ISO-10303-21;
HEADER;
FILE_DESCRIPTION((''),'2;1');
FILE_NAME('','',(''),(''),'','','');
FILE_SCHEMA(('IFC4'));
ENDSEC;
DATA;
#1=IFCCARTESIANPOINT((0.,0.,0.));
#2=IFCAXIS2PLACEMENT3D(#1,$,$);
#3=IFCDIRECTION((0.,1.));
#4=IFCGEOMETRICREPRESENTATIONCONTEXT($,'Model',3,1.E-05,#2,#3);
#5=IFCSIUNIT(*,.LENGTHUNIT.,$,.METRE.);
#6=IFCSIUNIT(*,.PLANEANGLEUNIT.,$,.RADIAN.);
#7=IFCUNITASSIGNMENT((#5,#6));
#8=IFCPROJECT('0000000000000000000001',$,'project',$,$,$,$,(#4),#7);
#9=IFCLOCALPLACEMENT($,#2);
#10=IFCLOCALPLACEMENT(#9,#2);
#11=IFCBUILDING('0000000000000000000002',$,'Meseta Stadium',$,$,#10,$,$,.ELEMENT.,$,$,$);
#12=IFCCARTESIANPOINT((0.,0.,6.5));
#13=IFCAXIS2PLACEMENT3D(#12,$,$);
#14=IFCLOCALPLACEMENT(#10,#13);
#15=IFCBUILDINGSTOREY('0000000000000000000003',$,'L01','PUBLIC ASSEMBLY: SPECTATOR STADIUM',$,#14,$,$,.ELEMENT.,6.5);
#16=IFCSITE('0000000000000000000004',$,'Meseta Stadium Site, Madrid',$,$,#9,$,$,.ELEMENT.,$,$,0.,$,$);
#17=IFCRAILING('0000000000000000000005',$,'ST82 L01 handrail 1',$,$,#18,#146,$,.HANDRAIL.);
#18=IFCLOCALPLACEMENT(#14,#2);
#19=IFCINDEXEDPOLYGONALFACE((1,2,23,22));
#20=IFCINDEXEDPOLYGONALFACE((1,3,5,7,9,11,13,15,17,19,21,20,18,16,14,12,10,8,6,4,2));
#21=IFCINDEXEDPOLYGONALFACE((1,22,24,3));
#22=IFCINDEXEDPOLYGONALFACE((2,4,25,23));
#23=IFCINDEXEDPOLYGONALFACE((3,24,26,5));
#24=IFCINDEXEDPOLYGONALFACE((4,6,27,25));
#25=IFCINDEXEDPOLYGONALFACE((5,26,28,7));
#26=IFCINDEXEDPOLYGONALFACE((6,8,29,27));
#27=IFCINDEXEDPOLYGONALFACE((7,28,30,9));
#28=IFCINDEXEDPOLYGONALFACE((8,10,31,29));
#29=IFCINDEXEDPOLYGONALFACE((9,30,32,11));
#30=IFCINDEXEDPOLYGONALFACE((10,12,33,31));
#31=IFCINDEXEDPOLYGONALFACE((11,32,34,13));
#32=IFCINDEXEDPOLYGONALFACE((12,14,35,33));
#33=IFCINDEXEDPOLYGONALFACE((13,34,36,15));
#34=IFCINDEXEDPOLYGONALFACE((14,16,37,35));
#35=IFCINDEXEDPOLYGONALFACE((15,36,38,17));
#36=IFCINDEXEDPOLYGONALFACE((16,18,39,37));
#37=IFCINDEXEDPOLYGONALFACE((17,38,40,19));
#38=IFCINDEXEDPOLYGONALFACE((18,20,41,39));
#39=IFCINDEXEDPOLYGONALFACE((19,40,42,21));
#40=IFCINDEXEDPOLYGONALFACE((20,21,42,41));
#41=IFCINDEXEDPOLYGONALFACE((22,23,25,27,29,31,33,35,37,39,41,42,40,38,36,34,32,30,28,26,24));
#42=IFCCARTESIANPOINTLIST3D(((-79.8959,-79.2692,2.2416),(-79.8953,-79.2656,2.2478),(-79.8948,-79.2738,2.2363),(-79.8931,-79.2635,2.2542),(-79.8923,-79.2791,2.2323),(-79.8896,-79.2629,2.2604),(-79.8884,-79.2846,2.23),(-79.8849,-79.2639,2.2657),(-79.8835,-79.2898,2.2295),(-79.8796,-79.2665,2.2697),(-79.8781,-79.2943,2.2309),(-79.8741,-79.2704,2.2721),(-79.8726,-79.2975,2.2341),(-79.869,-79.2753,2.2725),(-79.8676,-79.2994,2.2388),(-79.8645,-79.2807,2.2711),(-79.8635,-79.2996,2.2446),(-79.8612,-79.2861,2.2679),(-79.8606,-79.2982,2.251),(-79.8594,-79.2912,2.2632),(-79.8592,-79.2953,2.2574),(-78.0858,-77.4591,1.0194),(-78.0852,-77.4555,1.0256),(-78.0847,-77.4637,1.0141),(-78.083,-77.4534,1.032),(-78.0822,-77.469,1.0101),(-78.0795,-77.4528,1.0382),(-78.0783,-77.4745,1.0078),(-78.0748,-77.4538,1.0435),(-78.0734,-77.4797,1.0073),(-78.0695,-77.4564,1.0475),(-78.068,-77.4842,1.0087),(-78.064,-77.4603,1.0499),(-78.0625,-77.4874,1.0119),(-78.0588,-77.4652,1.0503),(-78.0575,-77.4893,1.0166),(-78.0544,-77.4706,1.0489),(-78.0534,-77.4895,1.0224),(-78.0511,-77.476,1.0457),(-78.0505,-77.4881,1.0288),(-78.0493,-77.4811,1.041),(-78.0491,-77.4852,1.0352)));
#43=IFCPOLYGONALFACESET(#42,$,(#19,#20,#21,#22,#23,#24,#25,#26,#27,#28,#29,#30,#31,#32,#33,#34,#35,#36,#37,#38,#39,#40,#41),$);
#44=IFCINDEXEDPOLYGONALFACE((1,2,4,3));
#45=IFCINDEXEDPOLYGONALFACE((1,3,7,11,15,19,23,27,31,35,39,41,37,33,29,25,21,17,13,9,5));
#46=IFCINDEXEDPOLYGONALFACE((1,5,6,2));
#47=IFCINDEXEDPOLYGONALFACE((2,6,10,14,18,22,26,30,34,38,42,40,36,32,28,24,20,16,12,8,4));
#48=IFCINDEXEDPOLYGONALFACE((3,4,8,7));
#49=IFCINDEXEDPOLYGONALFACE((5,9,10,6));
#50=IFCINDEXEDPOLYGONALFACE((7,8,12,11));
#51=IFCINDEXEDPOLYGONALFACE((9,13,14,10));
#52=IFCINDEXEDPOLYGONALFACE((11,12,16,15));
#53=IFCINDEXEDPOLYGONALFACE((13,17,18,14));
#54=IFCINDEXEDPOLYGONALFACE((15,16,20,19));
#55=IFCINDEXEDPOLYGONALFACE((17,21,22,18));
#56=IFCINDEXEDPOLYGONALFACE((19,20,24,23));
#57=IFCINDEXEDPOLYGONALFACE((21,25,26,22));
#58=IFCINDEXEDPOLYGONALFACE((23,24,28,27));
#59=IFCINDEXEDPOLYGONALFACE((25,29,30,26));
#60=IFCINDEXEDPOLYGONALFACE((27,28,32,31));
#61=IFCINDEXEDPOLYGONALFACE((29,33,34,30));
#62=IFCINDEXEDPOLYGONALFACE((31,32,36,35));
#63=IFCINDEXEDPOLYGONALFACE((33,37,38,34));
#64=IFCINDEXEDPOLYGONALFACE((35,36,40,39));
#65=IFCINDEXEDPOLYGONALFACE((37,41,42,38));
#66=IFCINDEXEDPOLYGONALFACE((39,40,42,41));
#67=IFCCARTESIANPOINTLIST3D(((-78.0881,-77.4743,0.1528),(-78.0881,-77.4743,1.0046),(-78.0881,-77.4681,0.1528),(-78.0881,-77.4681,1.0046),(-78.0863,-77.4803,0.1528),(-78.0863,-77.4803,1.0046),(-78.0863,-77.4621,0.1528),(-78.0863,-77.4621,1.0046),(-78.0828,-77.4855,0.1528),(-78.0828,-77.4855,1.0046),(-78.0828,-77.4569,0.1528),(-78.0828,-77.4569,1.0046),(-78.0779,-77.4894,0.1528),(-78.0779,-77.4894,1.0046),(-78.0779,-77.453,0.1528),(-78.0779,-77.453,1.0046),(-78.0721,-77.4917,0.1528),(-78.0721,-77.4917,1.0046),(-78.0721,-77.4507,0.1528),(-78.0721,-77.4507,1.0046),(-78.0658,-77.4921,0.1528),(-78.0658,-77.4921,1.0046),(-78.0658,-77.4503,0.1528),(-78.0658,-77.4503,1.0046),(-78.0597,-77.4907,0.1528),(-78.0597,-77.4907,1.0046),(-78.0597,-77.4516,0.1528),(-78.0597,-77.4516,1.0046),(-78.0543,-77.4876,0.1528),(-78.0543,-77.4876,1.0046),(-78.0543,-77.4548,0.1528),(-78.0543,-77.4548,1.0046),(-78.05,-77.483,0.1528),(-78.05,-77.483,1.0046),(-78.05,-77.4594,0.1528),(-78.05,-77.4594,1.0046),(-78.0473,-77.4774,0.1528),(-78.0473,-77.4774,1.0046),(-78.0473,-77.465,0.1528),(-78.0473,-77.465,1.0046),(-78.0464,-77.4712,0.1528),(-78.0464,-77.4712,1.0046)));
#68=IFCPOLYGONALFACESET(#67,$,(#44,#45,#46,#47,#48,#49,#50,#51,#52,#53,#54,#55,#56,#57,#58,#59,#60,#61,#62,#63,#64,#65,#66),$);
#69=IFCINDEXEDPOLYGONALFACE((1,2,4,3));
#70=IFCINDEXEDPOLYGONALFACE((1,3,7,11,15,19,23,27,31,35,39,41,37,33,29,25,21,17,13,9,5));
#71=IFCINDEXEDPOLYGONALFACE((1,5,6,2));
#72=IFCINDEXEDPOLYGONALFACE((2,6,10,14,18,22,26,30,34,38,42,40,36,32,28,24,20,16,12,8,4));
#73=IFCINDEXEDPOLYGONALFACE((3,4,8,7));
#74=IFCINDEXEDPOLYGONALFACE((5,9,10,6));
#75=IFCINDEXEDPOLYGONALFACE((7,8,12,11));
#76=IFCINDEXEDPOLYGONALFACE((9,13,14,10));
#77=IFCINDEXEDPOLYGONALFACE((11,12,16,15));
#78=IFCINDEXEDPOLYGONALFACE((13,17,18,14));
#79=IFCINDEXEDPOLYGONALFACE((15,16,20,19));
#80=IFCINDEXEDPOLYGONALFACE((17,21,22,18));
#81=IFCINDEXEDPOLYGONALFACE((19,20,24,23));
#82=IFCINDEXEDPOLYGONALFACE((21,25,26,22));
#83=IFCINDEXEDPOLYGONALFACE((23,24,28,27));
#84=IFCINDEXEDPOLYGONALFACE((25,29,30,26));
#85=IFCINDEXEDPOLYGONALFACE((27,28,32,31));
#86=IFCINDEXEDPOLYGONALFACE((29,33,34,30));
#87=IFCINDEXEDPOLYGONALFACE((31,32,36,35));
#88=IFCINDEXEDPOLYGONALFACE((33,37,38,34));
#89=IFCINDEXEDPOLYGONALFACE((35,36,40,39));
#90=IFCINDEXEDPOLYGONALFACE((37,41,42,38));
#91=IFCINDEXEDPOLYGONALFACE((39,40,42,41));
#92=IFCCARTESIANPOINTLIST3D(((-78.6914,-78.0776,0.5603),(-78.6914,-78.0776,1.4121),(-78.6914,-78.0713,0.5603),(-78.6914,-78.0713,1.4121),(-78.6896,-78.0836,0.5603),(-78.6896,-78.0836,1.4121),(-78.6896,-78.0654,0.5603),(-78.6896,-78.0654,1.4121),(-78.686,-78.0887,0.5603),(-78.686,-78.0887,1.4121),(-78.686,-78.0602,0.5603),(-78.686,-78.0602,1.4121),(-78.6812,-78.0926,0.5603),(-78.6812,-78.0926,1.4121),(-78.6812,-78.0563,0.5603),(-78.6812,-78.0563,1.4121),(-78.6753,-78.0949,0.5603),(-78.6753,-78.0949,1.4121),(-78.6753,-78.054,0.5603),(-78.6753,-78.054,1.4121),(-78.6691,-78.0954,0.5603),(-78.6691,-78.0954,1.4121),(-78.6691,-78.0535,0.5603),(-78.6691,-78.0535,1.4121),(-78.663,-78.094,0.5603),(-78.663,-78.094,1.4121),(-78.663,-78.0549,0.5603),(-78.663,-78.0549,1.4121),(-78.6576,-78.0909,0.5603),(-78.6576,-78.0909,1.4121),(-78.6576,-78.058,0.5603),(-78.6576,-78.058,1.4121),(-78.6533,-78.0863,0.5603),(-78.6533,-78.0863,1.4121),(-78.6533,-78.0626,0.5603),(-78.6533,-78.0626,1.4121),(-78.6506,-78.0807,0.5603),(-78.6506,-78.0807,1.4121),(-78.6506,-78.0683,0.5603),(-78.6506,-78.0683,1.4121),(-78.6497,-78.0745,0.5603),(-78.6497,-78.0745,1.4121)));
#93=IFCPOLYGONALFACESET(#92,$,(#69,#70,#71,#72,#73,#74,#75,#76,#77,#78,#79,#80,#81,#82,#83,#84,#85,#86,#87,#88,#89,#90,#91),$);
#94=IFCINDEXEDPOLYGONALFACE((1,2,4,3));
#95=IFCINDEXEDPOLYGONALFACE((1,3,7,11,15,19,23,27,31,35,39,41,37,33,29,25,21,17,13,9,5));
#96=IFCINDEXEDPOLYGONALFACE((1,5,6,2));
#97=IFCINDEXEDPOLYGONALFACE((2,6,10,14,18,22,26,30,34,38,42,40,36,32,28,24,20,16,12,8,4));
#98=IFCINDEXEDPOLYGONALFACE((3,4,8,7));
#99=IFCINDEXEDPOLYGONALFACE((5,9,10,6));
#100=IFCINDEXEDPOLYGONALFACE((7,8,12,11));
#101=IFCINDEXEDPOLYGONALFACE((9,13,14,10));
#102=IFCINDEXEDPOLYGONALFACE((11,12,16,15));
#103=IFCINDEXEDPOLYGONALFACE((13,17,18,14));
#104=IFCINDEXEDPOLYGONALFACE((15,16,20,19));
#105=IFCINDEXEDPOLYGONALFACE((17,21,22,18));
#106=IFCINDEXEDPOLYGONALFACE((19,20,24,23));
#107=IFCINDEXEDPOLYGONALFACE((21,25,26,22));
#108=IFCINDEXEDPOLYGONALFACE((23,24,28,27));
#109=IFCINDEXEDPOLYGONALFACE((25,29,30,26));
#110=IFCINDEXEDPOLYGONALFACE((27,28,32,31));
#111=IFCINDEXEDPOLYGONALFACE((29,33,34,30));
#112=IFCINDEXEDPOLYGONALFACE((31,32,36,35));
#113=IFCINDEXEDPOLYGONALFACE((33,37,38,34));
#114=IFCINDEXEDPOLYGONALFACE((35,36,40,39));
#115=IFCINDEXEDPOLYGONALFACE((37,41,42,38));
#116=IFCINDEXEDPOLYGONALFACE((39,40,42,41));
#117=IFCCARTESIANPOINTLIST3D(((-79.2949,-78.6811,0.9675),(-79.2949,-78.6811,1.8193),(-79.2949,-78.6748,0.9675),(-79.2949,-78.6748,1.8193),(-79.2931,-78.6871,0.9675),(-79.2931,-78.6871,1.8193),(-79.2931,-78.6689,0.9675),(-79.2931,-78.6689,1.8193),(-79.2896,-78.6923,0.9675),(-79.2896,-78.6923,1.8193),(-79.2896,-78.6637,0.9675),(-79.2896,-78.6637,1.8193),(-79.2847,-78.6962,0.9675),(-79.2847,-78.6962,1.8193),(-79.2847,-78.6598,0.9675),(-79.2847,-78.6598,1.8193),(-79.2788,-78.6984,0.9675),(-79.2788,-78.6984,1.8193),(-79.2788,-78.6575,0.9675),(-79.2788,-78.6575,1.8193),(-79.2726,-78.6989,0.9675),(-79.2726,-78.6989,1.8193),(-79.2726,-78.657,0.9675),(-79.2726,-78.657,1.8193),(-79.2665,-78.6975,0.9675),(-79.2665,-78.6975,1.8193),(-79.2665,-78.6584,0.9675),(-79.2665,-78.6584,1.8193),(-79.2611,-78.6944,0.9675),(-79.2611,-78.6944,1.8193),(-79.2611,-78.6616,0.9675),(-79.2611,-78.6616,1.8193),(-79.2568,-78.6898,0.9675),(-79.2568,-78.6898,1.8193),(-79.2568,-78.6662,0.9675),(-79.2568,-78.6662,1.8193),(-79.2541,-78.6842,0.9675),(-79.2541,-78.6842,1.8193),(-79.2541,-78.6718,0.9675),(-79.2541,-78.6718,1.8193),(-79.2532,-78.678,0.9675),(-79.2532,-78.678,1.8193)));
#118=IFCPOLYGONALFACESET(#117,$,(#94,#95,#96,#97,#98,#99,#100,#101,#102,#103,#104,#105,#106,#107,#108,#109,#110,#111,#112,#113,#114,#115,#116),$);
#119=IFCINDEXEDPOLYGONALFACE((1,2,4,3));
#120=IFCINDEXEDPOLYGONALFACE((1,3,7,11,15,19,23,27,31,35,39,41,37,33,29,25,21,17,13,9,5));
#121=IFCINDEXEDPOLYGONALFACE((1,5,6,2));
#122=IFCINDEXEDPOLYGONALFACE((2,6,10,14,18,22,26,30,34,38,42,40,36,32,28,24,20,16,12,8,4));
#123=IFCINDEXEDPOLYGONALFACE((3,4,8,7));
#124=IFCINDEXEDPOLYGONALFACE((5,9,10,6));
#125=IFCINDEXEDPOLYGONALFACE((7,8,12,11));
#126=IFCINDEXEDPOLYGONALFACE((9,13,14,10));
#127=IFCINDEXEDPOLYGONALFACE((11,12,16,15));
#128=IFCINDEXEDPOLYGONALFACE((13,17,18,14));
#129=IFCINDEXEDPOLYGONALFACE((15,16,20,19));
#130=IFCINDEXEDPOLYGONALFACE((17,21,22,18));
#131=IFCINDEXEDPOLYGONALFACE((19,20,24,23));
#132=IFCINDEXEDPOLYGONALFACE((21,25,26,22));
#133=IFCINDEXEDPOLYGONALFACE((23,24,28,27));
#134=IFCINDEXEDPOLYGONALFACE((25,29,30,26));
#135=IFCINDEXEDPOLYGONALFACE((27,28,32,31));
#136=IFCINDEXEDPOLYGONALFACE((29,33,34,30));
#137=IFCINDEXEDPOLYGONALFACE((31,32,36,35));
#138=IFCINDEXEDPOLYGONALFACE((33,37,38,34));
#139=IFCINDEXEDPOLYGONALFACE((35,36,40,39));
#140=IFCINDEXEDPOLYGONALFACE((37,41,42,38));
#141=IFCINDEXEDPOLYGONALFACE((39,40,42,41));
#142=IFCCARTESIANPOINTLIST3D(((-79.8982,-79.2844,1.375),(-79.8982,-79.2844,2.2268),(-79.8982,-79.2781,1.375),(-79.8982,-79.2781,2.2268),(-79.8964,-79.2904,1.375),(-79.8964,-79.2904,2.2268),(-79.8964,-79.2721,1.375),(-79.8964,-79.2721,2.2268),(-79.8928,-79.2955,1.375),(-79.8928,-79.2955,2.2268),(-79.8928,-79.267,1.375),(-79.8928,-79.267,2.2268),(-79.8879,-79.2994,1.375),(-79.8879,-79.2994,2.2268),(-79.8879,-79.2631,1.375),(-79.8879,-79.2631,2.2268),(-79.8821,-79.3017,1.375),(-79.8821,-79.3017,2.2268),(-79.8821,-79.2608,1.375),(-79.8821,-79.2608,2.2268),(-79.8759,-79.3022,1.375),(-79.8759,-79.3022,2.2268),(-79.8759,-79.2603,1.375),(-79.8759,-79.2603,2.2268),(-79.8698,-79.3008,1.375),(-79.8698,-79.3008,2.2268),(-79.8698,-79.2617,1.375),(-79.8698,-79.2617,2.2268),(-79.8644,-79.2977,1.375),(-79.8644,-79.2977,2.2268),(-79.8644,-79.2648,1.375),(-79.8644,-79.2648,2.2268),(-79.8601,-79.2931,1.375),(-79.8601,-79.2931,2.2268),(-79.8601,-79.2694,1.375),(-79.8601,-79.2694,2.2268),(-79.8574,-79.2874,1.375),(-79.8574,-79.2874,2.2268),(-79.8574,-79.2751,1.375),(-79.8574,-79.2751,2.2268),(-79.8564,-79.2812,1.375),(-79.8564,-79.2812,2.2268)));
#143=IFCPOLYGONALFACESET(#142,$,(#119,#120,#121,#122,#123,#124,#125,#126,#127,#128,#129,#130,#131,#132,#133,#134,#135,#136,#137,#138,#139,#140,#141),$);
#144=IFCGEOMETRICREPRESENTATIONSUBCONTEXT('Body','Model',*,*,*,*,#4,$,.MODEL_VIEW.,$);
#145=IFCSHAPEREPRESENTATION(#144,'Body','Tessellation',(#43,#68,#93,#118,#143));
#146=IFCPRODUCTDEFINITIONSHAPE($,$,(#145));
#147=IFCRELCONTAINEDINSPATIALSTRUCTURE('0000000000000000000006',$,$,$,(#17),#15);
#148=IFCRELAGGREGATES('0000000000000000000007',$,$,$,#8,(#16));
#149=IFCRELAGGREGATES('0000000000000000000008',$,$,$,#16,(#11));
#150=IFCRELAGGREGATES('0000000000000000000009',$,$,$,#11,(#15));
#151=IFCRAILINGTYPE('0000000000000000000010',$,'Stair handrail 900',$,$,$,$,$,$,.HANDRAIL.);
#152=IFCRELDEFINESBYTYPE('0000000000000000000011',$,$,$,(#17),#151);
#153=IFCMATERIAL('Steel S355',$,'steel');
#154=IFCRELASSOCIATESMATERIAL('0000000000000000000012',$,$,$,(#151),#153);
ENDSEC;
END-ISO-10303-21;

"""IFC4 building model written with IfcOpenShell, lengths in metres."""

from ifc_helpers import new_model, si_unit, direction, frame, origin, origin_2d, place, context, subcontext, project, spatial, circle, extrude, material, type_object, element, save


model = new_model("IFC4")

# Units and contexts
model_context = context("Model", 3, precision=1e-05, world=origin(), true_north=direction((0.0, 1.0)))
body_context = subcontext(model_context, "Body", "Model", "MODEL_VIEW")
ifc_project = project(units=[si_unit("LENGTHUNIT", "METRE"), si_unit("PLANEANGLEUNIT", "RADIAN")], contexts=[model_context])

# Site, building, storey
site_placement = place(None, origin())
site = spatial("IfcSite", under=ifc_project, at=site_placement, Name="Meseta Stadium Site, Madrid", CompositionType="ELEMENT", RefElevation=0.0)
building_placement = place(site_placement, origin())
building = spatial("IfcBuilding", under=site, at=building_placement, Name="Meseta Stadium", CompositionType="ELEMENT")
storey_placement = place(building_placement, frame((0.0, 0.0, 6.5)))
storey = spatial("IfcBuildingStorey", under=building, at=storey_placement, Name="L01", Description="PUBLIC ASSEMBLY: SPECTATOR STADIUM", CompositionType="ELEMENT", Elevation=6.5)

# Railing
ifc_material_1 = material(Name="Steel S355", Category="steel")
railing_type_1 = type_object("IfcRailingType", Name="Stair handrail 900", PredefinedType="HANDRAIL", material=ifc_material_1)
for number, where, name in (
    (1, (-78.0674, -77.4712, 0.1528), "ST82 L01 handrail 1"),
):
    element("IfcRailing", number, at=place(storey_placement, frame(where)), inside=storey, type_object=railing_type_1, Name=name, PredefinedType="HANDRAIL", context=body_context, shape_type="SweptSolid", body=[
        extrude(circle(Radius=0.0239, at=origin_2d()), frame((0.0, 0.0, 0.876), z_axis=(-0.638108, -0.638108, 0.430856), x_axis=(0.707107, -0.707107, 0.0)), (0.0, 0.0, 1.0), 2.8367),
        extrude(circle(Radius=0.021, at=origin_2d()), origin(), (0.0, 0.0, 1.0), 0.8518),
        extrude(circle(Radius=0.021, at=origin_2d()), frame((-0.6033, -0.6033, 0.4075)), (0.0, 0.0, 1.0), 0.8518),
        extrude(circle(Radius=0.021, at=origin_2d()), frame((-1.2068, -1.2068, 0.8147)), (0.0, 0.0, 1.0), 0.8518),
        extrude(circle(Radius=0.021, at=origin_2d()), frame((-1.8101, -1.8101, 1.2222)), (0.0, 0.0, 1.0), 0.8518),
    ])

save(model, "model.ifc")
